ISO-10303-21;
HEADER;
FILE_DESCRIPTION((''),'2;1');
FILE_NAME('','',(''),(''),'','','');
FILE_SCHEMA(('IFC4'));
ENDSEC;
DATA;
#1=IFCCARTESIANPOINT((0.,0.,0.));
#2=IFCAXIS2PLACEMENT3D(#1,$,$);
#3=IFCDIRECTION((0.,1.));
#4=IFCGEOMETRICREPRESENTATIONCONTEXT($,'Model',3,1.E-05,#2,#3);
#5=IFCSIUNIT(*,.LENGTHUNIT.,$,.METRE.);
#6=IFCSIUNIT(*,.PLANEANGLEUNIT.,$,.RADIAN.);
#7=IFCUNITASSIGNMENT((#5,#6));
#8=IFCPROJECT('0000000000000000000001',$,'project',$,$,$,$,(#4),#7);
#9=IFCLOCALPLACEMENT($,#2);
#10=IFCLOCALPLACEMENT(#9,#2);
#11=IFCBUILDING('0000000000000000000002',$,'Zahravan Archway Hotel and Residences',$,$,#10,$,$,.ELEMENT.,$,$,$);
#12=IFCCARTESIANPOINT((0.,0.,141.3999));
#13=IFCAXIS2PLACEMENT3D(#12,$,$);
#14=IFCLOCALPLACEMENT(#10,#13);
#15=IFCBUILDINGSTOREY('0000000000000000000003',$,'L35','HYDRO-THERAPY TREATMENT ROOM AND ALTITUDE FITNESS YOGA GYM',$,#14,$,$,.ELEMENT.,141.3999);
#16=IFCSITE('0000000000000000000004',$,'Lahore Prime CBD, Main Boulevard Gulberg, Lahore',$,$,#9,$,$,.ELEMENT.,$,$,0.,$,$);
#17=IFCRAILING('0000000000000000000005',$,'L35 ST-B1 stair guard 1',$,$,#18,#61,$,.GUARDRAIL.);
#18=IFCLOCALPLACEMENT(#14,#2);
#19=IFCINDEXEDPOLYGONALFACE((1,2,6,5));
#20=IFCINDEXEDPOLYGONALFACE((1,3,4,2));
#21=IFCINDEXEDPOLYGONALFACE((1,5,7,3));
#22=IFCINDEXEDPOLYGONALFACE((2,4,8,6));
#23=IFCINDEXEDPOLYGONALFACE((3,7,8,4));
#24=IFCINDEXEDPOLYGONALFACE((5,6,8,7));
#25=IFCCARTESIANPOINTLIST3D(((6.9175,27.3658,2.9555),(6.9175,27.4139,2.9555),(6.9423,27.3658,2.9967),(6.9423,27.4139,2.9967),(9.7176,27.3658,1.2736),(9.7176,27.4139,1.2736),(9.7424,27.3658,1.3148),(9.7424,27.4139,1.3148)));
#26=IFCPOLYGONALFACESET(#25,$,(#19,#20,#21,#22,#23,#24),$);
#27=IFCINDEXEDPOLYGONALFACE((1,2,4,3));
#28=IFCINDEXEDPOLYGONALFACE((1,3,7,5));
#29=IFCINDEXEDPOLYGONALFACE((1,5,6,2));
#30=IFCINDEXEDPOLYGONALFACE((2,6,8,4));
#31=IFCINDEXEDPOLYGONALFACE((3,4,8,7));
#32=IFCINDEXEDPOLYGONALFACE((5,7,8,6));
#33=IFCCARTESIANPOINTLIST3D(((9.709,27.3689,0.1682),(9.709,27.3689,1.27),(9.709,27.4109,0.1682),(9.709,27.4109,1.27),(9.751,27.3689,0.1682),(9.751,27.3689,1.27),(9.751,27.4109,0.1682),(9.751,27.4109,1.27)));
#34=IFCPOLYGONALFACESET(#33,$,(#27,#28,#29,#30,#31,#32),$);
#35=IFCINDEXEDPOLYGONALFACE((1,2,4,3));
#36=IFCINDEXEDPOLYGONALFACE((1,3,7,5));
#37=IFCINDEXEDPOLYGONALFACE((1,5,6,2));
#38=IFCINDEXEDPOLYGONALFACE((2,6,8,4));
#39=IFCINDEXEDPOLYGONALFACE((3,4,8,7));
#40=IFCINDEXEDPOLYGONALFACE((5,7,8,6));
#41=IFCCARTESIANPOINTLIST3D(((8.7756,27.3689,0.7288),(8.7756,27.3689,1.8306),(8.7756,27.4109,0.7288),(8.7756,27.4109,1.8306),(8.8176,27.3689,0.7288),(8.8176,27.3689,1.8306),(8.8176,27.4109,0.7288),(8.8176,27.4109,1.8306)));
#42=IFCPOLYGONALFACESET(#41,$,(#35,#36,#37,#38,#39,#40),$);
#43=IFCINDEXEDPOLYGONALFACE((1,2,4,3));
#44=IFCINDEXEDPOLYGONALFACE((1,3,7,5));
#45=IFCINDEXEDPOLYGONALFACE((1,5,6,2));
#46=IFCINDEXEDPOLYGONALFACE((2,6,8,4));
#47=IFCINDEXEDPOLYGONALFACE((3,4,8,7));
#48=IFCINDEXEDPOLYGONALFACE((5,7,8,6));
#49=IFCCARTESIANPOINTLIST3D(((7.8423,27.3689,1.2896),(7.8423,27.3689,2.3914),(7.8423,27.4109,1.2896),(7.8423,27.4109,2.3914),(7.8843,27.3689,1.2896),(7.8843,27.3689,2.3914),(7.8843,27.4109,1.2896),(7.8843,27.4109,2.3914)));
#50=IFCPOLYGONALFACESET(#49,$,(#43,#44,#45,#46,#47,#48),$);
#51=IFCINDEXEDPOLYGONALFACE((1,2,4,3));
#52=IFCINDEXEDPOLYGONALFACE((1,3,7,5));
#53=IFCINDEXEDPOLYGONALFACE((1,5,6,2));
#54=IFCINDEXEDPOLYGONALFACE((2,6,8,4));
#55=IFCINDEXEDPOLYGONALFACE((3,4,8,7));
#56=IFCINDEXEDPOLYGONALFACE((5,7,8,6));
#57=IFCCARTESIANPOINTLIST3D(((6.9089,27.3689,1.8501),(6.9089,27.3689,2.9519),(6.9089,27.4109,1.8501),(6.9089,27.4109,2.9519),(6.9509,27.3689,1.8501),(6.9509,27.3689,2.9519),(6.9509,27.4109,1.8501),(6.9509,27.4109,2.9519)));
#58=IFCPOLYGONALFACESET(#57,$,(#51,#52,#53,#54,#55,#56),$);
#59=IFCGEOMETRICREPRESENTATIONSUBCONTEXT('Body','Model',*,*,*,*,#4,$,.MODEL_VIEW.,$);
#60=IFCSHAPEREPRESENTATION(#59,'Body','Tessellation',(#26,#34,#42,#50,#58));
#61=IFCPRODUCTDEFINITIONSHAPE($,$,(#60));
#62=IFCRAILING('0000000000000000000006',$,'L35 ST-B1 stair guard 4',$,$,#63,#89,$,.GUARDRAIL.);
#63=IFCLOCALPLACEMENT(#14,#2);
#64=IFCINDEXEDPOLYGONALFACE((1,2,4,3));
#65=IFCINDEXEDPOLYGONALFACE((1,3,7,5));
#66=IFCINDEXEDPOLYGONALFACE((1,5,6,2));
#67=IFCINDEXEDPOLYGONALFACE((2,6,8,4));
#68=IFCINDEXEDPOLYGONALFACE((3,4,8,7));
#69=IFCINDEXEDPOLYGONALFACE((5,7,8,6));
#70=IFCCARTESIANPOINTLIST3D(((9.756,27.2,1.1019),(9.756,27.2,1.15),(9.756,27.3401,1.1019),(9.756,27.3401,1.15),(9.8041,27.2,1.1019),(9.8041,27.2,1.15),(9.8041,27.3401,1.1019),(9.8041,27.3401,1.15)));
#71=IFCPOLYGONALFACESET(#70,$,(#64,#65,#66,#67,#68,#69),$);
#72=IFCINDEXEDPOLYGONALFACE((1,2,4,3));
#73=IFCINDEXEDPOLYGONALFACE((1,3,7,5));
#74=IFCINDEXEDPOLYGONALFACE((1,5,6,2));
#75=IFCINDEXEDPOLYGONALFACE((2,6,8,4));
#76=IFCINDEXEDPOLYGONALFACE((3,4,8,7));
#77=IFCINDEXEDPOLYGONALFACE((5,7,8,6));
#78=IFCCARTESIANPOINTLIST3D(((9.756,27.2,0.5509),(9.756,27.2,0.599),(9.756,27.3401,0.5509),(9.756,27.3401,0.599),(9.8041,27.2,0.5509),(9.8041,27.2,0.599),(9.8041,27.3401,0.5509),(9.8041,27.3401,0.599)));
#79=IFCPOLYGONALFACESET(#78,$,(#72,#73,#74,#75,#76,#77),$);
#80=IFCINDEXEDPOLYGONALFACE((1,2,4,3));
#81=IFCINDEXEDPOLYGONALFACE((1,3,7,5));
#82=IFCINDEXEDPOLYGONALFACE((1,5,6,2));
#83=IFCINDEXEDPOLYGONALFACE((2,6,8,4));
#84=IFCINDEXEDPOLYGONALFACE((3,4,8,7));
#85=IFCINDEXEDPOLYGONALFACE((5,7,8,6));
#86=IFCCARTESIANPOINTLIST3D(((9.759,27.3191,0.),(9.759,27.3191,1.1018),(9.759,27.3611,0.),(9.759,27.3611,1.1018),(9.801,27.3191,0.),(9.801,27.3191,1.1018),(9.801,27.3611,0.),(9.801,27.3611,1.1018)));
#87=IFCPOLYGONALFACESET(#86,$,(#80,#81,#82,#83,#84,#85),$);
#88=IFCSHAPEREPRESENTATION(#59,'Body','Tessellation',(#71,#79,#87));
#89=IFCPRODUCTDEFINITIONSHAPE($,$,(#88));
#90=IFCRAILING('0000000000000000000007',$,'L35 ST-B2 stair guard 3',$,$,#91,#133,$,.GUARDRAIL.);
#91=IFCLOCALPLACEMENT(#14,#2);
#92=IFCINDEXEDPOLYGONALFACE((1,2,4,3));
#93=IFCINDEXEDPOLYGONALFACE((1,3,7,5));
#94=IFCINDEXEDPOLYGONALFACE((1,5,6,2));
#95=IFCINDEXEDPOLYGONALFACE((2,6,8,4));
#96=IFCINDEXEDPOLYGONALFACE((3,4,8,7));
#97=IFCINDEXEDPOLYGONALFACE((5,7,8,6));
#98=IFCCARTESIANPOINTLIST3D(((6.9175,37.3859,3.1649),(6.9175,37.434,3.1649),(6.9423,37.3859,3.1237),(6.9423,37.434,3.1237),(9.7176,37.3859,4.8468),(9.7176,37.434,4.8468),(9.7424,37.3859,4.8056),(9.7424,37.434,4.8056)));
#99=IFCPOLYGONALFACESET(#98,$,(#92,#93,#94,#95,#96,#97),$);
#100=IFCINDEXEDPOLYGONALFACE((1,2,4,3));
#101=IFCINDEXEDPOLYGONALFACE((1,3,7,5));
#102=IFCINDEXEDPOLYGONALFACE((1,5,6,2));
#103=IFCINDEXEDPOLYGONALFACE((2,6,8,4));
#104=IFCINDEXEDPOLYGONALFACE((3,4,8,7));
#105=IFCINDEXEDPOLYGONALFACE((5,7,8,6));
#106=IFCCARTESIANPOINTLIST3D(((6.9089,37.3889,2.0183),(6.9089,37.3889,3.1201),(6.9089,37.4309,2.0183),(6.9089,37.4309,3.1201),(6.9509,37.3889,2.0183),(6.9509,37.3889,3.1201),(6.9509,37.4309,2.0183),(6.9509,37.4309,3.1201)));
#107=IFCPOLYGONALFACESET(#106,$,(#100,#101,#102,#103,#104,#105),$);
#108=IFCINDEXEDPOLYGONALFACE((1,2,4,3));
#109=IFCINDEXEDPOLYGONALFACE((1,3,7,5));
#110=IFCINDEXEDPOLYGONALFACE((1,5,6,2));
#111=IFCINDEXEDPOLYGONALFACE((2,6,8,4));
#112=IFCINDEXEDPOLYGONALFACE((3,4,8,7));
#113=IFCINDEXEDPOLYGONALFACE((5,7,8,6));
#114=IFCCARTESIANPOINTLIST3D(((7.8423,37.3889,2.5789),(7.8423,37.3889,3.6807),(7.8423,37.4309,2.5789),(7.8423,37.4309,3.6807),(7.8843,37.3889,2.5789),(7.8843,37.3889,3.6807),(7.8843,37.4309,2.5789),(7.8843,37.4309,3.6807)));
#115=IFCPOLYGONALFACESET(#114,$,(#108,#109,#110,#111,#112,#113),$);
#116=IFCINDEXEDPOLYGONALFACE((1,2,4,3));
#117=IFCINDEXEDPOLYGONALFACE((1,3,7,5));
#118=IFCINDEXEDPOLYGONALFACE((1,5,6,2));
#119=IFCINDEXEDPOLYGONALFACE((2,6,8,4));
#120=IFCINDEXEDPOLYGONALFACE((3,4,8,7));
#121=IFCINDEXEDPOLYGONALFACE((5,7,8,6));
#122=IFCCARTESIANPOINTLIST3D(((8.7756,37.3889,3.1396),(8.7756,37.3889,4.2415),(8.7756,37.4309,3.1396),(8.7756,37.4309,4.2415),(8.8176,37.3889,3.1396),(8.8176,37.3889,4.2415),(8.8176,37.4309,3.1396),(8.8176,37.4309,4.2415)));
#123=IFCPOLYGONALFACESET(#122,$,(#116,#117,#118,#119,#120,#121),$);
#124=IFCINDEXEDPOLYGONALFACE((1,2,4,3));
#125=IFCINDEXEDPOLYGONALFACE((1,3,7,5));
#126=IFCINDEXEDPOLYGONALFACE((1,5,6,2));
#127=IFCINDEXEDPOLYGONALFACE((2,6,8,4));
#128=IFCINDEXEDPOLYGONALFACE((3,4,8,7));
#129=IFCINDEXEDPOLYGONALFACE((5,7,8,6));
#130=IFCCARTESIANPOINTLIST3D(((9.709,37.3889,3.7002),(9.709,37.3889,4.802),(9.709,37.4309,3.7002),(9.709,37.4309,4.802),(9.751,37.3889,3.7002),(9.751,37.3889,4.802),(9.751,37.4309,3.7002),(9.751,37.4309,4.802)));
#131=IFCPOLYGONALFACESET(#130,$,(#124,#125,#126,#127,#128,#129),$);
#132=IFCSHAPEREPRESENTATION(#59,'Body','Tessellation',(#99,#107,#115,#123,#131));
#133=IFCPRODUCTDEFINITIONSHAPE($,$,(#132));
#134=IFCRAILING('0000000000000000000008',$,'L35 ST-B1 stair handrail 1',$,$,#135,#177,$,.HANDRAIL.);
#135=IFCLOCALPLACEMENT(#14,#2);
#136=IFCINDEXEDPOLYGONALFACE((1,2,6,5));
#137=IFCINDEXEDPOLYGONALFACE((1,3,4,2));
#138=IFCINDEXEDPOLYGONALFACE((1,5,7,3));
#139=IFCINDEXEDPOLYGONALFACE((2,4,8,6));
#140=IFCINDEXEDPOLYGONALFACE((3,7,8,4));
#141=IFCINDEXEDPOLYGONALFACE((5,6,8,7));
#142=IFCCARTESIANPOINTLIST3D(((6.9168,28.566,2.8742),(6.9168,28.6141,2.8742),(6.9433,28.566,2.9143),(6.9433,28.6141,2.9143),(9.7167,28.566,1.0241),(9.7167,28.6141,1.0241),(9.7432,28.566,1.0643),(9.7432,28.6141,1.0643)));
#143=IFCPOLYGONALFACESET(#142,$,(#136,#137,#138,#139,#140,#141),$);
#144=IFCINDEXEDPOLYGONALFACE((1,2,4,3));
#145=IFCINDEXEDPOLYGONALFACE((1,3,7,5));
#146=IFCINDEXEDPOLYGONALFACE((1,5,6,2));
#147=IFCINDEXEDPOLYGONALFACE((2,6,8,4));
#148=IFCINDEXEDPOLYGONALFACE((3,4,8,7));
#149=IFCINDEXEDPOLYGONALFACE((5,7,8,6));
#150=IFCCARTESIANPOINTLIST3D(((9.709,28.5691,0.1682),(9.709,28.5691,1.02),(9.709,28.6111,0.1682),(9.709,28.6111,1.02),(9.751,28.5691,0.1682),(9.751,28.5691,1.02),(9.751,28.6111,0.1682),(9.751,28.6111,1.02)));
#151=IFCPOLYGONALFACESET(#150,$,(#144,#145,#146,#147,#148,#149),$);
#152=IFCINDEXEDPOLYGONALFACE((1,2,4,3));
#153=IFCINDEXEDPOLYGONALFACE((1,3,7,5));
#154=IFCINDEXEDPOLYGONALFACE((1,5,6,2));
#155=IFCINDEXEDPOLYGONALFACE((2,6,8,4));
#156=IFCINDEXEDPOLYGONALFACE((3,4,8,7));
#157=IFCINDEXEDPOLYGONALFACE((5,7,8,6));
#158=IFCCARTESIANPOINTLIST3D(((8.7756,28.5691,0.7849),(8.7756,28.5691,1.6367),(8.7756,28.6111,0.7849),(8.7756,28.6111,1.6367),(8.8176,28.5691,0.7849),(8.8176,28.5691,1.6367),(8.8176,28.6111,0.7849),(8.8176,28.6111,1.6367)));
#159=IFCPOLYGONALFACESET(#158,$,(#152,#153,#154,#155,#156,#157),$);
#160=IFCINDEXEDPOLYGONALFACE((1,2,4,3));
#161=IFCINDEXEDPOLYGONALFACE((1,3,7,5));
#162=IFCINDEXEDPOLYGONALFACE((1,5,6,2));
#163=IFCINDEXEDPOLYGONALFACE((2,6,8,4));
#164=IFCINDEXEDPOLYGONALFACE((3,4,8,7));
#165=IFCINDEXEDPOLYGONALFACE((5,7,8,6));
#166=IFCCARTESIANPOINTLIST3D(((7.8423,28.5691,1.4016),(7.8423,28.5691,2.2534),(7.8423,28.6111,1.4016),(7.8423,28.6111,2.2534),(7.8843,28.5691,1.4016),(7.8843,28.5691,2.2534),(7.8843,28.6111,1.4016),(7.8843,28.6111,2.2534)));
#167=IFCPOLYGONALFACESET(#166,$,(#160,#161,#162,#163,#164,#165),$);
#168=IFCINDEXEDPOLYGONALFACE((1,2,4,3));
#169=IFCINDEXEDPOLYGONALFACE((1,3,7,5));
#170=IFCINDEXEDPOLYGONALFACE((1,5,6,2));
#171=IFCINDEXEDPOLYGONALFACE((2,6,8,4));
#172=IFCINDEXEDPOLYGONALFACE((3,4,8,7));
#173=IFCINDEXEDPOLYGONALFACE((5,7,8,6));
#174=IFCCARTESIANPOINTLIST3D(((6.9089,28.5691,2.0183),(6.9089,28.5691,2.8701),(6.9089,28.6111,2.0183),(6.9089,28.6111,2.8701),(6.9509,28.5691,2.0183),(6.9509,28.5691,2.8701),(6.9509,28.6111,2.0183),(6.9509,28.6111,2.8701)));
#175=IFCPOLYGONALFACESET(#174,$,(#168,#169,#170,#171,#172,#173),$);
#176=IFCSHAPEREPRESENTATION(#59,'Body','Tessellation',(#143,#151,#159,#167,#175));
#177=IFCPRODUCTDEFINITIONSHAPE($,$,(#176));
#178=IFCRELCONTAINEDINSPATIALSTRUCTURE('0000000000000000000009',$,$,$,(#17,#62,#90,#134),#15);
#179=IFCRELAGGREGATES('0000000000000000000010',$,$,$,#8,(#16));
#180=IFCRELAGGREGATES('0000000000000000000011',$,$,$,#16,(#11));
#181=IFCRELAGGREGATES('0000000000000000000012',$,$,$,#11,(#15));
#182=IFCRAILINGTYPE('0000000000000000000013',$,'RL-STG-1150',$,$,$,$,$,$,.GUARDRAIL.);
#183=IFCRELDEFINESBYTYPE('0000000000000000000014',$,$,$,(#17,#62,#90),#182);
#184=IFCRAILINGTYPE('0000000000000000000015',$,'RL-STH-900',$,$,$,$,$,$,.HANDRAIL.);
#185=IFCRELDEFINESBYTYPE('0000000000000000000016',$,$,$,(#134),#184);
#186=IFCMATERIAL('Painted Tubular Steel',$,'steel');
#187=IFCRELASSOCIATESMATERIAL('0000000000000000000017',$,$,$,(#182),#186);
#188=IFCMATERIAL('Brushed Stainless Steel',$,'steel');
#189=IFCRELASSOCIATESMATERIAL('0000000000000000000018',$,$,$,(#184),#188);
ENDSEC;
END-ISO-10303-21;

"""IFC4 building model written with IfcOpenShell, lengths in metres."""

from ifc_helpers import new_model, si_unit, direction, frame, origin, origin_2d, place, context, subcontext, project, spatial, rectangle, extrude, material, type_object, element, save


model = new_model("IFC4")

# Units and contexts
model_context = context("Model", 3, precision=1e-05, world=origin(), true_north=direction((0.0, 1.0)))
body_context = subcontext(model_context, "Body", "Model", "MODEL_VIEW")
ifc_project = project(units=[si_unit("LENGTHUNIT", "METRE"), si_unit("PLANEANGLEUNIT", "RADIAN")], contexts=[model_context])

# Site, building, storey
site_placement = place(None, origin())
site = spatial("IfcSite", under=ifc_project, at=site_placement, Name="Lahore Prime CBD, Main Boulevard Gulberg, Lahore", CompositionType="ELEMENT", RefElevation=0.0)
building_placement = place(site_placement, origin())
building = spatial("IfcBuilding", under=site, at=building_placement, Name="Zahravan Archway Hotel and Residences", CompositionType="ELEMENT")
storey_placement = place(building_placement, frame((0.0, 0.0, 141.3999)))
storey = spatial("IfcBuildingStorey", under=building, at=storey_placement, Name="L35", Description="HYDRO-THERAPY TREATMENT ROOM AND ALTITUDE FITNESS YOGA GYM", CompositionType="ELEMENT", Elevation=141.3999)

# Shared definitions
ifc_material_1 = material(Name="Brushed Stainless Steel", Category="steel")

# Railings
ifc_material_2 = material(Name="Painted Tubular Steel", Category="steel")
railing_type_1 = type_object("IfcRailingType", Name="RL-STG-1150", PredefinedType="GUARDRAIL", material=ifc_material_2)
railing_1_placement = place(storey_placement, frame((9.73, 27.3899, 0.1682)))
element("IfcRailing", 1, at=railing_1_placement, inside=storey, type_object=railing_type_1, Name="L35 ST-B1 stair guard 1", PredefinedType="GUARDRAIL", context=body_context, shape_type="SweptSolid", body=[
    extrude(rectangle(XDim=0.0481, YDim=0.0481, at=origin_2d()), frame((0.0, 0.0, 1.126), z_axis=(-0.857242, 0.0, 0.514913), x_axis=(0.0, -1.0, 0.0)), (0.0, 0.0, 1.0), 3.2664),
    extrude(rectangle(XDim=0.042, YDim=0.042, at=origin_2d()), origin(), (0.0, 0.0, 1.0), 1.1018),
    extrude(rectangle(XDim=0.042, YDim=0.042, at=origin_2d()), frame((-0.9333, 0.0, 0.5605)), (0.0, 0.0, 1.0), 1.1018),
    extrude(rectangle(XDim=0.042, YDim=0.042, at=origin_2d()), frame((-1.8667, 0.0, 1.1213)), (0.0, 0.0, 1.0), 1.1018),
    extrude(rectangle(XDim=0.042, YDim=0.042, at=origin_2d()), frame((-2.8, 0.0, 1.6819)), (0.0, 0.0, 1.0), 1.1018),
])
railing_2_placement = place(storey_placement, frame((9.78, 27.3401, 0.0)))
element("IfcRailing", 2, at=railing_2_placement, inside=storey, type_object=railing_type_1, Name="L35 ST-B1 stair guard 4", PredefinedType="GUARDRAIL", context=body_context, shape_type="SweptSolid", body=[
    extrude(rectangle(XDim=0.0481, YDim=0.0481, at=origin_2d()), frame((0.0, 0.0, 1.126), z_axis=(0.0, -1.0, 0.0), x_axis=(1.0, 0.0, 0.0)), (0.0, 0.0, 1.0), 0.1401),
    extrude(rectangle(XDim=0.0481, YDim=0.0481, at=origin_2d()), frame((0.0, 0.0, 0.575), z_axis=(0.0, -1.0, 0.0), x_axis=(1.0, 0.0, 0.0)), (0.0, 0.0, 1.0), 0.1401),
    extrude(rectangle(XDim=0.042, YDim=0.042, at=origin_2d()), origin(), (0.0, 0.0, 1.0), 1.1018),
])
railing_3_placement = place(storey_placement, frame((6.9299, 37.4099, 2.0183)))
element("IfcRailing", 3, at=railing_3_placement, inside=storey, type_object=railing_type_1, Name="L35 ST-B2 stair guard 3", PredefinedType="GUARDRAIL", context=body_context, shape_type="SweptSolid", body=[
    extrude(rectangle(XDim=0.0481, YDim=0.0481, at=origin_2d()), frame((0.0, 0.0, 1.126), z_axis=(0.857242, 0.0, 0.514913), x_axis=(0.0, 1.0, 0.0)), (0.0, 0.0, 1.0), 3.2664),
    extrude(rectangle(XDim=0.042, YDim=0.042, at=origin_2d()), origin(), (0.0, 0.0, 1.0), 1.1018),
    extrude(rectangle(XDim=0.042, YDim=0.042, at=origin_2d()), frame((0.9333, 0.0, 0.5605)), (0.0, 0.0, 1.0), 1.1018),
    extrude(rectangle(XDim=0.042, YDim=0.042, at=origin_2d()), frame((1.8667, 0.0, 1.1213)), (0.0, 0.0, 1.0), 1.1018),
    extrude(rectangle(XDim=0.042, YDim=0.042, at=origin_2d()), frame((2.8, 0.0, 1.6819)), (0.0, 0.0, 1.0), 1.1018),
])
railing_type_2 = type_object("IfcRailingType", Name="RL-STH-900", PredefinedType="HANDRAIL", material=ifc_material_1)
railing_4_placement = place(storey_placement, frame((9.73, 28.5901, 0.1682)))
element("IfcRailing", 4, at=railing_4_placement, inside=storey, type_object=railing_type_2, Name="L35 ST-B1 stair handrail 1", PredefinedType="HANDRAIL", context=body_context, shape_type="SweptSolid", body=[
    extrude(rectangle(XDim=0.0481, YDim=0.0481, at=origin_2d()), frame((0.0, 0.0, 0.876), z_axis=(-0.834326, 0.0, 0.551271), x_axis=(0.0, -1.0, 0.0)), (0.0, 0.0, 1.0), 3.356),
    extrude(rectangle(XDim=0.042, YDim=0.042, at=origin_2d()), origin(), (0.0, 0.0, 1.0), 0.8518),
    extrude(rectangle(XDim=0.042, YDim=0.042, at=origin_2d()), frame((-0.9333, 0.0, 0.6167)), (0.0, 0.0, 1.0), 0.8518),
    extrude(rectangle(XDim=0.042, YDim=0.042, at=origin_2d()), frame((-1.8667, 0.0, 1.2334)), (0.0, 0.0, 1.0), 0.8518),
    extrude(rectangle(XDim=0.042, YDim=0.042, at=origin_2d()), frame((-2.8, 0.0, 1.8501)), (0.0, 0.0, 1.0), 0.8518),
])

save(model, "model.ifc")
